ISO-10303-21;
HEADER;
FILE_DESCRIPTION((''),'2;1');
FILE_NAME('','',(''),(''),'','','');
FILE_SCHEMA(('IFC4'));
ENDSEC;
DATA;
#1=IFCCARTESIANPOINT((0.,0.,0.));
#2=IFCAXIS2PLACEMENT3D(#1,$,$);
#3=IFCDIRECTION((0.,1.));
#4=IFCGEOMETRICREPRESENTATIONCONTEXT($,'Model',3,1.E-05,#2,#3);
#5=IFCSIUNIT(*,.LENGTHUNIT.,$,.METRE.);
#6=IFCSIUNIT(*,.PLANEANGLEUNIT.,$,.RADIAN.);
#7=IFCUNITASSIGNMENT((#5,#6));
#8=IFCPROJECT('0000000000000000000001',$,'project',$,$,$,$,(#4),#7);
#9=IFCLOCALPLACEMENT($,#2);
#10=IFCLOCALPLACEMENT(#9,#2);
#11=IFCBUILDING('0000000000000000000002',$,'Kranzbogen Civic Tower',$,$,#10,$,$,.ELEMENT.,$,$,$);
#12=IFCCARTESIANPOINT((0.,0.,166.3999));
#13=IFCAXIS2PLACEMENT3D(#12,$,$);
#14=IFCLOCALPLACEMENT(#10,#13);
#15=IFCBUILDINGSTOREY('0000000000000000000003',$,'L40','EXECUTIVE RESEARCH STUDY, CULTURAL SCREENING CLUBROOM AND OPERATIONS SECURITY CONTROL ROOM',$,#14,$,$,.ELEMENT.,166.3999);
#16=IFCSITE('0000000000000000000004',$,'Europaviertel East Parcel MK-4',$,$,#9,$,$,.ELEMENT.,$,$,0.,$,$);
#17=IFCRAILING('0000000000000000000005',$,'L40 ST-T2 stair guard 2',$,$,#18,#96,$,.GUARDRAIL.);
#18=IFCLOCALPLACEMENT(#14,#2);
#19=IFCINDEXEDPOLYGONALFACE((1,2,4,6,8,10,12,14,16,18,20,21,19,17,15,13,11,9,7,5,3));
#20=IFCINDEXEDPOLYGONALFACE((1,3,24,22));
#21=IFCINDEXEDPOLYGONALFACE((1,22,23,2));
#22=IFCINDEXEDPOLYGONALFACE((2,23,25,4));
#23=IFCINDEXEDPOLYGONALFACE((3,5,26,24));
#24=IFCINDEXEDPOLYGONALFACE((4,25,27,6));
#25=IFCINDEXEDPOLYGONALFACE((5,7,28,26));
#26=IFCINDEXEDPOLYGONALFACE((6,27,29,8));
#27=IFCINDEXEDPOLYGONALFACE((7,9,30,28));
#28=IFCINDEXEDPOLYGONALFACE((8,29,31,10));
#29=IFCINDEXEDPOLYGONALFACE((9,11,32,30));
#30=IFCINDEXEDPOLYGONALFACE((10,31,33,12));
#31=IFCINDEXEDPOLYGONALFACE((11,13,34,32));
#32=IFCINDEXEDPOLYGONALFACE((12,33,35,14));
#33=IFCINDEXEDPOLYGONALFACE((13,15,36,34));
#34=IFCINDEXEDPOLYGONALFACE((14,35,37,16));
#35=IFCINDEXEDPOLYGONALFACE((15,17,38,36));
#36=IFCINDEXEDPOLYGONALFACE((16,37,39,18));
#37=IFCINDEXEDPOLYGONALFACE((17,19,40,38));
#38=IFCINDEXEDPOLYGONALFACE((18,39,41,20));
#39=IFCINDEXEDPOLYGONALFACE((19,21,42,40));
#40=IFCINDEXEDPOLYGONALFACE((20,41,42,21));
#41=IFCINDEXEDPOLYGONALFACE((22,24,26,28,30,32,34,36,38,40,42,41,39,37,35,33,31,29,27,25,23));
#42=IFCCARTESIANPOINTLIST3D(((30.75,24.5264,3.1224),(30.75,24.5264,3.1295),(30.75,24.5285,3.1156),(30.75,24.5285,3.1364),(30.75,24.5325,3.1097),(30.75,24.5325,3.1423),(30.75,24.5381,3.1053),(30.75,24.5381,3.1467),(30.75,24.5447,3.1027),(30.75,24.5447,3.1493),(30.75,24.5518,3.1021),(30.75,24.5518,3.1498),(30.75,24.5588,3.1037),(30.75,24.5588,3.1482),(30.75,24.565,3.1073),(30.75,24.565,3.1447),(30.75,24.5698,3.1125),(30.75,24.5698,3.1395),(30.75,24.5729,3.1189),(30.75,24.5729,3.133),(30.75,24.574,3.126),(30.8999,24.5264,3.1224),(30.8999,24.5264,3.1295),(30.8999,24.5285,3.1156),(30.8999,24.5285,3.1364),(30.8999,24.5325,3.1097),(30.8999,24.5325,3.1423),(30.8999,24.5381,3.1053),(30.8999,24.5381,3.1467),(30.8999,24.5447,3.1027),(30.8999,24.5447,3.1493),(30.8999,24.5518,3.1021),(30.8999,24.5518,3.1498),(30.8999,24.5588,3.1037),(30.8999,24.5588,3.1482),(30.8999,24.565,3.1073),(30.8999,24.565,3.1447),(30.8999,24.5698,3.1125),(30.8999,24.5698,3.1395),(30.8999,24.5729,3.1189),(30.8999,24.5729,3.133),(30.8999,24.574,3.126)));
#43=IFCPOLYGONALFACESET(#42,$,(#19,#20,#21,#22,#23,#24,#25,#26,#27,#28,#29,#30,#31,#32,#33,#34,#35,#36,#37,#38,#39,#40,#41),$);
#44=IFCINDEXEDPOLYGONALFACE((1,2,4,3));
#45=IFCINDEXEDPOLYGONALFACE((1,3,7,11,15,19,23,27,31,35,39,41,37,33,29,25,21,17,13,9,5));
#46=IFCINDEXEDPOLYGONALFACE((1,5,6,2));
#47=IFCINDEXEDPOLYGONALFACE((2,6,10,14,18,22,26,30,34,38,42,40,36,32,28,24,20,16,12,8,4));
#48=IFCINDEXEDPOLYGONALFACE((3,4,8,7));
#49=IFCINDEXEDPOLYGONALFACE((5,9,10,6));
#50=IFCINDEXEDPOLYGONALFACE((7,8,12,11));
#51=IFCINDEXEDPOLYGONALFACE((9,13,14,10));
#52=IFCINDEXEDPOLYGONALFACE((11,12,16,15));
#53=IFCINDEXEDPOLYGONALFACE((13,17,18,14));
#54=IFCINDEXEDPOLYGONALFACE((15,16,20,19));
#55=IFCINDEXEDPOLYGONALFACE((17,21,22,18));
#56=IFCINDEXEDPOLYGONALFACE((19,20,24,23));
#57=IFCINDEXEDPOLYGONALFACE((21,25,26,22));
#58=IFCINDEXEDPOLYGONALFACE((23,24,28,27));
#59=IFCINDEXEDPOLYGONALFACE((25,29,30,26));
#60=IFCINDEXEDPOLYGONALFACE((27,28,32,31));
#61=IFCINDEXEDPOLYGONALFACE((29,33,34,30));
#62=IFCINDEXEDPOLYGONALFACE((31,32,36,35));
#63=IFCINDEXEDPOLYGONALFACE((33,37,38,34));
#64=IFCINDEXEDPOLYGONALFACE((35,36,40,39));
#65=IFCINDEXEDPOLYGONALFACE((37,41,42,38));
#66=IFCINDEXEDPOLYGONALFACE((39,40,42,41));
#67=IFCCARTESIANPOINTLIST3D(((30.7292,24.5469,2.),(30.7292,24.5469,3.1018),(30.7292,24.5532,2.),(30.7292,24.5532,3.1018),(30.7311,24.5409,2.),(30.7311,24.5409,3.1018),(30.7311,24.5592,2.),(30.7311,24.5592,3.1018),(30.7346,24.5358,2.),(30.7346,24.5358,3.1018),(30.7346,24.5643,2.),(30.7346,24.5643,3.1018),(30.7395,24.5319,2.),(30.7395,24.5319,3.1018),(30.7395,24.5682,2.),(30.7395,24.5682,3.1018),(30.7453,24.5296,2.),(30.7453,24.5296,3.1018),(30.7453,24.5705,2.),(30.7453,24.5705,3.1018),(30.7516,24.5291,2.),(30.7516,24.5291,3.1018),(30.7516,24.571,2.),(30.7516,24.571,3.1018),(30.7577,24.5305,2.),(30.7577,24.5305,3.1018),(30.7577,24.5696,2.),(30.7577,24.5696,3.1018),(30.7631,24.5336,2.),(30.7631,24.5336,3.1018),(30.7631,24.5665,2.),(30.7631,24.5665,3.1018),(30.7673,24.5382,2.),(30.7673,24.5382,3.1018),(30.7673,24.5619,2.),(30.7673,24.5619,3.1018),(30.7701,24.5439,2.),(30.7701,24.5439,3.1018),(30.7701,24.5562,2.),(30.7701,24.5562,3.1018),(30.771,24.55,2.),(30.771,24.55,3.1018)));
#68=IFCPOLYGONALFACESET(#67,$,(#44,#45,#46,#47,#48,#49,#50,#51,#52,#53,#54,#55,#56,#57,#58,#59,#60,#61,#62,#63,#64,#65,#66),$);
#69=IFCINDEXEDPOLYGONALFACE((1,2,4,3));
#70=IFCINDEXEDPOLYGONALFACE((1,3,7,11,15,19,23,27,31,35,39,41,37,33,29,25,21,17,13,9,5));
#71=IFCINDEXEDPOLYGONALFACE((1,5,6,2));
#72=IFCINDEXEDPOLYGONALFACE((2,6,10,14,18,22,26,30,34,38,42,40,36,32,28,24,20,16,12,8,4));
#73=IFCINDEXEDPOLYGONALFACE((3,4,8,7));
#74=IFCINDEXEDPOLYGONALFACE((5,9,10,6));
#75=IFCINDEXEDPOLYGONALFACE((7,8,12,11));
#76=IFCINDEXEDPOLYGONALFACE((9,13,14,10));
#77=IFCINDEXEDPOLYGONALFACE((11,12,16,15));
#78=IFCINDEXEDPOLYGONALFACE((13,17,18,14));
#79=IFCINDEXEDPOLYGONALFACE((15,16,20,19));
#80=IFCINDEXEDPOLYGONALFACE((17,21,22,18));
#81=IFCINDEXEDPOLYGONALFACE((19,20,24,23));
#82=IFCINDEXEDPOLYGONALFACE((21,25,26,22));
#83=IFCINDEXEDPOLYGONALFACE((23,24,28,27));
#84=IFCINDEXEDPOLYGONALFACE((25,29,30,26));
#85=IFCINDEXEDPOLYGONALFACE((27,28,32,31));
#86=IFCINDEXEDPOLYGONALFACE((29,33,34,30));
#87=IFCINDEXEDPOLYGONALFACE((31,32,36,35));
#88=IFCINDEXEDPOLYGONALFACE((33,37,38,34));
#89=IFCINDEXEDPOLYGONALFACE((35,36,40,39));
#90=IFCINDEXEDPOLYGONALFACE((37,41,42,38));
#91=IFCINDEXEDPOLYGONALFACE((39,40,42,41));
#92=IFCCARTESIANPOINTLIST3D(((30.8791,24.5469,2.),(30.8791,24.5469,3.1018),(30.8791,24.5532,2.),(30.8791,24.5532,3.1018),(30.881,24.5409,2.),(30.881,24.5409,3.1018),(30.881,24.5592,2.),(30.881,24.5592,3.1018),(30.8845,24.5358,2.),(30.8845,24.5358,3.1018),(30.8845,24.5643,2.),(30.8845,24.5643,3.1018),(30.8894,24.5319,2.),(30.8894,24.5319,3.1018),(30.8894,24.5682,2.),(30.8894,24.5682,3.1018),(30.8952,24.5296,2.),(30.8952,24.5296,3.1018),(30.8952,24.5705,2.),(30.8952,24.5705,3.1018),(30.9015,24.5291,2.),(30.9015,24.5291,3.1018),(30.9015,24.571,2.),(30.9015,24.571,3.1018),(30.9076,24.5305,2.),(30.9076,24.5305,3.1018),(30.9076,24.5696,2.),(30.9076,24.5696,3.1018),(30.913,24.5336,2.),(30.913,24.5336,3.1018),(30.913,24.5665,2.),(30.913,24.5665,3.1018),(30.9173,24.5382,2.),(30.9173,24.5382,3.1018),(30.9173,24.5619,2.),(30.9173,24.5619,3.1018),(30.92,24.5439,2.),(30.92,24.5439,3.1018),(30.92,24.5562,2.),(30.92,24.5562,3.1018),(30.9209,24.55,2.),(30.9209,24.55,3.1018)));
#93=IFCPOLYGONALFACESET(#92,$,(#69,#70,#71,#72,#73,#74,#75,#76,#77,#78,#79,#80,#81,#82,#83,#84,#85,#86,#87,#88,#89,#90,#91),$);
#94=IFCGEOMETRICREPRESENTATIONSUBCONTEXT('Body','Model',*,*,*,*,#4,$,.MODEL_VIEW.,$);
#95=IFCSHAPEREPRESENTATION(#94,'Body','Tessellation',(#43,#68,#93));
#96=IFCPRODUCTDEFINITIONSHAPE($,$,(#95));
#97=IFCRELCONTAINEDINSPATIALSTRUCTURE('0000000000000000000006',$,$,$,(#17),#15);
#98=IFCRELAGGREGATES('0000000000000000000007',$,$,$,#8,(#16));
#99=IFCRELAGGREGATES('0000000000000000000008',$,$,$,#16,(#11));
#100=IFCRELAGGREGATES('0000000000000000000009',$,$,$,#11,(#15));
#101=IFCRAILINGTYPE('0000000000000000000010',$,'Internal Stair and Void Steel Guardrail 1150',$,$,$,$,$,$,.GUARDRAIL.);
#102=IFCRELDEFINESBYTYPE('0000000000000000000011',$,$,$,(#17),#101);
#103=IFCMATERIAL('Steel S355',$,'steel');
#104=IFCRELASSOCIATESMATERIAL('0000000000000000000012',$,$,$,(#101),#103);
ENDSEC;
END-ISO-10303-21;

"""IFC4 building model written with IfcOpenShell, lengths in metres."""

from ifc_helpers import new_model, si_unit, direction, frame, origin, origin_2d, place, context, subcontext, project, spatial, circle, extrude, material, type_object, element, save


model = new_model("IFC4")

# Units and contexts
model_context = context("Model", 3, precision=1e-05, world=origin(), true_north=direction((0.0, 1.0)))
body_context = subcontext(model_context, "Body", "Model", "MODEL_VIEW")
ifc_project = project(units=[si_unit("LENGTHUNIT", "METRE"), si_unit("PLANEANGLEUNIT", "RADIAN")], contexts=[model_context])

# Site, building, storey
site_placement = place(None, origin())
site = spatial("IfcSite", under=ifc_project, at=site_placement, Name="Europaviertel East Parcel MK-4", CompositionType="ELEMENT", RefElevation=0.0)
building_placement = place(site_placement, origin())
building = spatial("IfcBuilding", under=site, at=building_placement, Name="Kranzbogen Civic Tower", CompositionType="ELEMENT")
storey_placement = place(building_placement, frame((0.0, 0.0, 166.3999)))
storey = spatial("IfcBuildingStorey", under=building, at=storey_placement, Name="L40", Description="EXECUTIVE RESEARCH STUDY, CULTURAL SCREENING CLUBROOM AND OPERATIONS SECURITY CONTROL ROOM", CompositionType="ELEMENT", Elevation=166.3999)

# Shared definitions
ifc_material_1 = material(Name="Steel S355", Category="steel")

# Railing
railing_type_1 = type_object("IfcRailingType", Name="Internal Stair and Void Steel Guardrail 1150", PredefinedType="GUARDRAIL", material=ifc_material_1)
railing_1_placement = place(storey_placement, frame((30.75, 24.55, 2.0)))
element("IfcRailing", 1, at=railing_1_placement, inside=storey, type_object=railing_type_1, Name="L40 ST-T2 stair guard 2", PredefinedType="GUARDRAIL", context=body_context, shape_type="SweptSolid", body=[
    extrude(circle(Radius=0.0239, at=origin_2d()), frame((0.0, 0.0, 1.126), z_axis=(1.0, 0.0, 0.0), x_axis=(0.0, 1.0, 0.0)), (0.0, 0.0, 1.0), 0.1499),
    extrude(circle(Radius=0.021, at=origin_2d()), origin(), (0.0, 0.0, 1.0), 1.1018),
    extrude(circle(Radius=0.021, at=origin_2d()), frame((0.1499, 0.0, 0.0)), (0.0, 0.0, 1.0), 1.1018),
])

save(model, "model.ifc")
